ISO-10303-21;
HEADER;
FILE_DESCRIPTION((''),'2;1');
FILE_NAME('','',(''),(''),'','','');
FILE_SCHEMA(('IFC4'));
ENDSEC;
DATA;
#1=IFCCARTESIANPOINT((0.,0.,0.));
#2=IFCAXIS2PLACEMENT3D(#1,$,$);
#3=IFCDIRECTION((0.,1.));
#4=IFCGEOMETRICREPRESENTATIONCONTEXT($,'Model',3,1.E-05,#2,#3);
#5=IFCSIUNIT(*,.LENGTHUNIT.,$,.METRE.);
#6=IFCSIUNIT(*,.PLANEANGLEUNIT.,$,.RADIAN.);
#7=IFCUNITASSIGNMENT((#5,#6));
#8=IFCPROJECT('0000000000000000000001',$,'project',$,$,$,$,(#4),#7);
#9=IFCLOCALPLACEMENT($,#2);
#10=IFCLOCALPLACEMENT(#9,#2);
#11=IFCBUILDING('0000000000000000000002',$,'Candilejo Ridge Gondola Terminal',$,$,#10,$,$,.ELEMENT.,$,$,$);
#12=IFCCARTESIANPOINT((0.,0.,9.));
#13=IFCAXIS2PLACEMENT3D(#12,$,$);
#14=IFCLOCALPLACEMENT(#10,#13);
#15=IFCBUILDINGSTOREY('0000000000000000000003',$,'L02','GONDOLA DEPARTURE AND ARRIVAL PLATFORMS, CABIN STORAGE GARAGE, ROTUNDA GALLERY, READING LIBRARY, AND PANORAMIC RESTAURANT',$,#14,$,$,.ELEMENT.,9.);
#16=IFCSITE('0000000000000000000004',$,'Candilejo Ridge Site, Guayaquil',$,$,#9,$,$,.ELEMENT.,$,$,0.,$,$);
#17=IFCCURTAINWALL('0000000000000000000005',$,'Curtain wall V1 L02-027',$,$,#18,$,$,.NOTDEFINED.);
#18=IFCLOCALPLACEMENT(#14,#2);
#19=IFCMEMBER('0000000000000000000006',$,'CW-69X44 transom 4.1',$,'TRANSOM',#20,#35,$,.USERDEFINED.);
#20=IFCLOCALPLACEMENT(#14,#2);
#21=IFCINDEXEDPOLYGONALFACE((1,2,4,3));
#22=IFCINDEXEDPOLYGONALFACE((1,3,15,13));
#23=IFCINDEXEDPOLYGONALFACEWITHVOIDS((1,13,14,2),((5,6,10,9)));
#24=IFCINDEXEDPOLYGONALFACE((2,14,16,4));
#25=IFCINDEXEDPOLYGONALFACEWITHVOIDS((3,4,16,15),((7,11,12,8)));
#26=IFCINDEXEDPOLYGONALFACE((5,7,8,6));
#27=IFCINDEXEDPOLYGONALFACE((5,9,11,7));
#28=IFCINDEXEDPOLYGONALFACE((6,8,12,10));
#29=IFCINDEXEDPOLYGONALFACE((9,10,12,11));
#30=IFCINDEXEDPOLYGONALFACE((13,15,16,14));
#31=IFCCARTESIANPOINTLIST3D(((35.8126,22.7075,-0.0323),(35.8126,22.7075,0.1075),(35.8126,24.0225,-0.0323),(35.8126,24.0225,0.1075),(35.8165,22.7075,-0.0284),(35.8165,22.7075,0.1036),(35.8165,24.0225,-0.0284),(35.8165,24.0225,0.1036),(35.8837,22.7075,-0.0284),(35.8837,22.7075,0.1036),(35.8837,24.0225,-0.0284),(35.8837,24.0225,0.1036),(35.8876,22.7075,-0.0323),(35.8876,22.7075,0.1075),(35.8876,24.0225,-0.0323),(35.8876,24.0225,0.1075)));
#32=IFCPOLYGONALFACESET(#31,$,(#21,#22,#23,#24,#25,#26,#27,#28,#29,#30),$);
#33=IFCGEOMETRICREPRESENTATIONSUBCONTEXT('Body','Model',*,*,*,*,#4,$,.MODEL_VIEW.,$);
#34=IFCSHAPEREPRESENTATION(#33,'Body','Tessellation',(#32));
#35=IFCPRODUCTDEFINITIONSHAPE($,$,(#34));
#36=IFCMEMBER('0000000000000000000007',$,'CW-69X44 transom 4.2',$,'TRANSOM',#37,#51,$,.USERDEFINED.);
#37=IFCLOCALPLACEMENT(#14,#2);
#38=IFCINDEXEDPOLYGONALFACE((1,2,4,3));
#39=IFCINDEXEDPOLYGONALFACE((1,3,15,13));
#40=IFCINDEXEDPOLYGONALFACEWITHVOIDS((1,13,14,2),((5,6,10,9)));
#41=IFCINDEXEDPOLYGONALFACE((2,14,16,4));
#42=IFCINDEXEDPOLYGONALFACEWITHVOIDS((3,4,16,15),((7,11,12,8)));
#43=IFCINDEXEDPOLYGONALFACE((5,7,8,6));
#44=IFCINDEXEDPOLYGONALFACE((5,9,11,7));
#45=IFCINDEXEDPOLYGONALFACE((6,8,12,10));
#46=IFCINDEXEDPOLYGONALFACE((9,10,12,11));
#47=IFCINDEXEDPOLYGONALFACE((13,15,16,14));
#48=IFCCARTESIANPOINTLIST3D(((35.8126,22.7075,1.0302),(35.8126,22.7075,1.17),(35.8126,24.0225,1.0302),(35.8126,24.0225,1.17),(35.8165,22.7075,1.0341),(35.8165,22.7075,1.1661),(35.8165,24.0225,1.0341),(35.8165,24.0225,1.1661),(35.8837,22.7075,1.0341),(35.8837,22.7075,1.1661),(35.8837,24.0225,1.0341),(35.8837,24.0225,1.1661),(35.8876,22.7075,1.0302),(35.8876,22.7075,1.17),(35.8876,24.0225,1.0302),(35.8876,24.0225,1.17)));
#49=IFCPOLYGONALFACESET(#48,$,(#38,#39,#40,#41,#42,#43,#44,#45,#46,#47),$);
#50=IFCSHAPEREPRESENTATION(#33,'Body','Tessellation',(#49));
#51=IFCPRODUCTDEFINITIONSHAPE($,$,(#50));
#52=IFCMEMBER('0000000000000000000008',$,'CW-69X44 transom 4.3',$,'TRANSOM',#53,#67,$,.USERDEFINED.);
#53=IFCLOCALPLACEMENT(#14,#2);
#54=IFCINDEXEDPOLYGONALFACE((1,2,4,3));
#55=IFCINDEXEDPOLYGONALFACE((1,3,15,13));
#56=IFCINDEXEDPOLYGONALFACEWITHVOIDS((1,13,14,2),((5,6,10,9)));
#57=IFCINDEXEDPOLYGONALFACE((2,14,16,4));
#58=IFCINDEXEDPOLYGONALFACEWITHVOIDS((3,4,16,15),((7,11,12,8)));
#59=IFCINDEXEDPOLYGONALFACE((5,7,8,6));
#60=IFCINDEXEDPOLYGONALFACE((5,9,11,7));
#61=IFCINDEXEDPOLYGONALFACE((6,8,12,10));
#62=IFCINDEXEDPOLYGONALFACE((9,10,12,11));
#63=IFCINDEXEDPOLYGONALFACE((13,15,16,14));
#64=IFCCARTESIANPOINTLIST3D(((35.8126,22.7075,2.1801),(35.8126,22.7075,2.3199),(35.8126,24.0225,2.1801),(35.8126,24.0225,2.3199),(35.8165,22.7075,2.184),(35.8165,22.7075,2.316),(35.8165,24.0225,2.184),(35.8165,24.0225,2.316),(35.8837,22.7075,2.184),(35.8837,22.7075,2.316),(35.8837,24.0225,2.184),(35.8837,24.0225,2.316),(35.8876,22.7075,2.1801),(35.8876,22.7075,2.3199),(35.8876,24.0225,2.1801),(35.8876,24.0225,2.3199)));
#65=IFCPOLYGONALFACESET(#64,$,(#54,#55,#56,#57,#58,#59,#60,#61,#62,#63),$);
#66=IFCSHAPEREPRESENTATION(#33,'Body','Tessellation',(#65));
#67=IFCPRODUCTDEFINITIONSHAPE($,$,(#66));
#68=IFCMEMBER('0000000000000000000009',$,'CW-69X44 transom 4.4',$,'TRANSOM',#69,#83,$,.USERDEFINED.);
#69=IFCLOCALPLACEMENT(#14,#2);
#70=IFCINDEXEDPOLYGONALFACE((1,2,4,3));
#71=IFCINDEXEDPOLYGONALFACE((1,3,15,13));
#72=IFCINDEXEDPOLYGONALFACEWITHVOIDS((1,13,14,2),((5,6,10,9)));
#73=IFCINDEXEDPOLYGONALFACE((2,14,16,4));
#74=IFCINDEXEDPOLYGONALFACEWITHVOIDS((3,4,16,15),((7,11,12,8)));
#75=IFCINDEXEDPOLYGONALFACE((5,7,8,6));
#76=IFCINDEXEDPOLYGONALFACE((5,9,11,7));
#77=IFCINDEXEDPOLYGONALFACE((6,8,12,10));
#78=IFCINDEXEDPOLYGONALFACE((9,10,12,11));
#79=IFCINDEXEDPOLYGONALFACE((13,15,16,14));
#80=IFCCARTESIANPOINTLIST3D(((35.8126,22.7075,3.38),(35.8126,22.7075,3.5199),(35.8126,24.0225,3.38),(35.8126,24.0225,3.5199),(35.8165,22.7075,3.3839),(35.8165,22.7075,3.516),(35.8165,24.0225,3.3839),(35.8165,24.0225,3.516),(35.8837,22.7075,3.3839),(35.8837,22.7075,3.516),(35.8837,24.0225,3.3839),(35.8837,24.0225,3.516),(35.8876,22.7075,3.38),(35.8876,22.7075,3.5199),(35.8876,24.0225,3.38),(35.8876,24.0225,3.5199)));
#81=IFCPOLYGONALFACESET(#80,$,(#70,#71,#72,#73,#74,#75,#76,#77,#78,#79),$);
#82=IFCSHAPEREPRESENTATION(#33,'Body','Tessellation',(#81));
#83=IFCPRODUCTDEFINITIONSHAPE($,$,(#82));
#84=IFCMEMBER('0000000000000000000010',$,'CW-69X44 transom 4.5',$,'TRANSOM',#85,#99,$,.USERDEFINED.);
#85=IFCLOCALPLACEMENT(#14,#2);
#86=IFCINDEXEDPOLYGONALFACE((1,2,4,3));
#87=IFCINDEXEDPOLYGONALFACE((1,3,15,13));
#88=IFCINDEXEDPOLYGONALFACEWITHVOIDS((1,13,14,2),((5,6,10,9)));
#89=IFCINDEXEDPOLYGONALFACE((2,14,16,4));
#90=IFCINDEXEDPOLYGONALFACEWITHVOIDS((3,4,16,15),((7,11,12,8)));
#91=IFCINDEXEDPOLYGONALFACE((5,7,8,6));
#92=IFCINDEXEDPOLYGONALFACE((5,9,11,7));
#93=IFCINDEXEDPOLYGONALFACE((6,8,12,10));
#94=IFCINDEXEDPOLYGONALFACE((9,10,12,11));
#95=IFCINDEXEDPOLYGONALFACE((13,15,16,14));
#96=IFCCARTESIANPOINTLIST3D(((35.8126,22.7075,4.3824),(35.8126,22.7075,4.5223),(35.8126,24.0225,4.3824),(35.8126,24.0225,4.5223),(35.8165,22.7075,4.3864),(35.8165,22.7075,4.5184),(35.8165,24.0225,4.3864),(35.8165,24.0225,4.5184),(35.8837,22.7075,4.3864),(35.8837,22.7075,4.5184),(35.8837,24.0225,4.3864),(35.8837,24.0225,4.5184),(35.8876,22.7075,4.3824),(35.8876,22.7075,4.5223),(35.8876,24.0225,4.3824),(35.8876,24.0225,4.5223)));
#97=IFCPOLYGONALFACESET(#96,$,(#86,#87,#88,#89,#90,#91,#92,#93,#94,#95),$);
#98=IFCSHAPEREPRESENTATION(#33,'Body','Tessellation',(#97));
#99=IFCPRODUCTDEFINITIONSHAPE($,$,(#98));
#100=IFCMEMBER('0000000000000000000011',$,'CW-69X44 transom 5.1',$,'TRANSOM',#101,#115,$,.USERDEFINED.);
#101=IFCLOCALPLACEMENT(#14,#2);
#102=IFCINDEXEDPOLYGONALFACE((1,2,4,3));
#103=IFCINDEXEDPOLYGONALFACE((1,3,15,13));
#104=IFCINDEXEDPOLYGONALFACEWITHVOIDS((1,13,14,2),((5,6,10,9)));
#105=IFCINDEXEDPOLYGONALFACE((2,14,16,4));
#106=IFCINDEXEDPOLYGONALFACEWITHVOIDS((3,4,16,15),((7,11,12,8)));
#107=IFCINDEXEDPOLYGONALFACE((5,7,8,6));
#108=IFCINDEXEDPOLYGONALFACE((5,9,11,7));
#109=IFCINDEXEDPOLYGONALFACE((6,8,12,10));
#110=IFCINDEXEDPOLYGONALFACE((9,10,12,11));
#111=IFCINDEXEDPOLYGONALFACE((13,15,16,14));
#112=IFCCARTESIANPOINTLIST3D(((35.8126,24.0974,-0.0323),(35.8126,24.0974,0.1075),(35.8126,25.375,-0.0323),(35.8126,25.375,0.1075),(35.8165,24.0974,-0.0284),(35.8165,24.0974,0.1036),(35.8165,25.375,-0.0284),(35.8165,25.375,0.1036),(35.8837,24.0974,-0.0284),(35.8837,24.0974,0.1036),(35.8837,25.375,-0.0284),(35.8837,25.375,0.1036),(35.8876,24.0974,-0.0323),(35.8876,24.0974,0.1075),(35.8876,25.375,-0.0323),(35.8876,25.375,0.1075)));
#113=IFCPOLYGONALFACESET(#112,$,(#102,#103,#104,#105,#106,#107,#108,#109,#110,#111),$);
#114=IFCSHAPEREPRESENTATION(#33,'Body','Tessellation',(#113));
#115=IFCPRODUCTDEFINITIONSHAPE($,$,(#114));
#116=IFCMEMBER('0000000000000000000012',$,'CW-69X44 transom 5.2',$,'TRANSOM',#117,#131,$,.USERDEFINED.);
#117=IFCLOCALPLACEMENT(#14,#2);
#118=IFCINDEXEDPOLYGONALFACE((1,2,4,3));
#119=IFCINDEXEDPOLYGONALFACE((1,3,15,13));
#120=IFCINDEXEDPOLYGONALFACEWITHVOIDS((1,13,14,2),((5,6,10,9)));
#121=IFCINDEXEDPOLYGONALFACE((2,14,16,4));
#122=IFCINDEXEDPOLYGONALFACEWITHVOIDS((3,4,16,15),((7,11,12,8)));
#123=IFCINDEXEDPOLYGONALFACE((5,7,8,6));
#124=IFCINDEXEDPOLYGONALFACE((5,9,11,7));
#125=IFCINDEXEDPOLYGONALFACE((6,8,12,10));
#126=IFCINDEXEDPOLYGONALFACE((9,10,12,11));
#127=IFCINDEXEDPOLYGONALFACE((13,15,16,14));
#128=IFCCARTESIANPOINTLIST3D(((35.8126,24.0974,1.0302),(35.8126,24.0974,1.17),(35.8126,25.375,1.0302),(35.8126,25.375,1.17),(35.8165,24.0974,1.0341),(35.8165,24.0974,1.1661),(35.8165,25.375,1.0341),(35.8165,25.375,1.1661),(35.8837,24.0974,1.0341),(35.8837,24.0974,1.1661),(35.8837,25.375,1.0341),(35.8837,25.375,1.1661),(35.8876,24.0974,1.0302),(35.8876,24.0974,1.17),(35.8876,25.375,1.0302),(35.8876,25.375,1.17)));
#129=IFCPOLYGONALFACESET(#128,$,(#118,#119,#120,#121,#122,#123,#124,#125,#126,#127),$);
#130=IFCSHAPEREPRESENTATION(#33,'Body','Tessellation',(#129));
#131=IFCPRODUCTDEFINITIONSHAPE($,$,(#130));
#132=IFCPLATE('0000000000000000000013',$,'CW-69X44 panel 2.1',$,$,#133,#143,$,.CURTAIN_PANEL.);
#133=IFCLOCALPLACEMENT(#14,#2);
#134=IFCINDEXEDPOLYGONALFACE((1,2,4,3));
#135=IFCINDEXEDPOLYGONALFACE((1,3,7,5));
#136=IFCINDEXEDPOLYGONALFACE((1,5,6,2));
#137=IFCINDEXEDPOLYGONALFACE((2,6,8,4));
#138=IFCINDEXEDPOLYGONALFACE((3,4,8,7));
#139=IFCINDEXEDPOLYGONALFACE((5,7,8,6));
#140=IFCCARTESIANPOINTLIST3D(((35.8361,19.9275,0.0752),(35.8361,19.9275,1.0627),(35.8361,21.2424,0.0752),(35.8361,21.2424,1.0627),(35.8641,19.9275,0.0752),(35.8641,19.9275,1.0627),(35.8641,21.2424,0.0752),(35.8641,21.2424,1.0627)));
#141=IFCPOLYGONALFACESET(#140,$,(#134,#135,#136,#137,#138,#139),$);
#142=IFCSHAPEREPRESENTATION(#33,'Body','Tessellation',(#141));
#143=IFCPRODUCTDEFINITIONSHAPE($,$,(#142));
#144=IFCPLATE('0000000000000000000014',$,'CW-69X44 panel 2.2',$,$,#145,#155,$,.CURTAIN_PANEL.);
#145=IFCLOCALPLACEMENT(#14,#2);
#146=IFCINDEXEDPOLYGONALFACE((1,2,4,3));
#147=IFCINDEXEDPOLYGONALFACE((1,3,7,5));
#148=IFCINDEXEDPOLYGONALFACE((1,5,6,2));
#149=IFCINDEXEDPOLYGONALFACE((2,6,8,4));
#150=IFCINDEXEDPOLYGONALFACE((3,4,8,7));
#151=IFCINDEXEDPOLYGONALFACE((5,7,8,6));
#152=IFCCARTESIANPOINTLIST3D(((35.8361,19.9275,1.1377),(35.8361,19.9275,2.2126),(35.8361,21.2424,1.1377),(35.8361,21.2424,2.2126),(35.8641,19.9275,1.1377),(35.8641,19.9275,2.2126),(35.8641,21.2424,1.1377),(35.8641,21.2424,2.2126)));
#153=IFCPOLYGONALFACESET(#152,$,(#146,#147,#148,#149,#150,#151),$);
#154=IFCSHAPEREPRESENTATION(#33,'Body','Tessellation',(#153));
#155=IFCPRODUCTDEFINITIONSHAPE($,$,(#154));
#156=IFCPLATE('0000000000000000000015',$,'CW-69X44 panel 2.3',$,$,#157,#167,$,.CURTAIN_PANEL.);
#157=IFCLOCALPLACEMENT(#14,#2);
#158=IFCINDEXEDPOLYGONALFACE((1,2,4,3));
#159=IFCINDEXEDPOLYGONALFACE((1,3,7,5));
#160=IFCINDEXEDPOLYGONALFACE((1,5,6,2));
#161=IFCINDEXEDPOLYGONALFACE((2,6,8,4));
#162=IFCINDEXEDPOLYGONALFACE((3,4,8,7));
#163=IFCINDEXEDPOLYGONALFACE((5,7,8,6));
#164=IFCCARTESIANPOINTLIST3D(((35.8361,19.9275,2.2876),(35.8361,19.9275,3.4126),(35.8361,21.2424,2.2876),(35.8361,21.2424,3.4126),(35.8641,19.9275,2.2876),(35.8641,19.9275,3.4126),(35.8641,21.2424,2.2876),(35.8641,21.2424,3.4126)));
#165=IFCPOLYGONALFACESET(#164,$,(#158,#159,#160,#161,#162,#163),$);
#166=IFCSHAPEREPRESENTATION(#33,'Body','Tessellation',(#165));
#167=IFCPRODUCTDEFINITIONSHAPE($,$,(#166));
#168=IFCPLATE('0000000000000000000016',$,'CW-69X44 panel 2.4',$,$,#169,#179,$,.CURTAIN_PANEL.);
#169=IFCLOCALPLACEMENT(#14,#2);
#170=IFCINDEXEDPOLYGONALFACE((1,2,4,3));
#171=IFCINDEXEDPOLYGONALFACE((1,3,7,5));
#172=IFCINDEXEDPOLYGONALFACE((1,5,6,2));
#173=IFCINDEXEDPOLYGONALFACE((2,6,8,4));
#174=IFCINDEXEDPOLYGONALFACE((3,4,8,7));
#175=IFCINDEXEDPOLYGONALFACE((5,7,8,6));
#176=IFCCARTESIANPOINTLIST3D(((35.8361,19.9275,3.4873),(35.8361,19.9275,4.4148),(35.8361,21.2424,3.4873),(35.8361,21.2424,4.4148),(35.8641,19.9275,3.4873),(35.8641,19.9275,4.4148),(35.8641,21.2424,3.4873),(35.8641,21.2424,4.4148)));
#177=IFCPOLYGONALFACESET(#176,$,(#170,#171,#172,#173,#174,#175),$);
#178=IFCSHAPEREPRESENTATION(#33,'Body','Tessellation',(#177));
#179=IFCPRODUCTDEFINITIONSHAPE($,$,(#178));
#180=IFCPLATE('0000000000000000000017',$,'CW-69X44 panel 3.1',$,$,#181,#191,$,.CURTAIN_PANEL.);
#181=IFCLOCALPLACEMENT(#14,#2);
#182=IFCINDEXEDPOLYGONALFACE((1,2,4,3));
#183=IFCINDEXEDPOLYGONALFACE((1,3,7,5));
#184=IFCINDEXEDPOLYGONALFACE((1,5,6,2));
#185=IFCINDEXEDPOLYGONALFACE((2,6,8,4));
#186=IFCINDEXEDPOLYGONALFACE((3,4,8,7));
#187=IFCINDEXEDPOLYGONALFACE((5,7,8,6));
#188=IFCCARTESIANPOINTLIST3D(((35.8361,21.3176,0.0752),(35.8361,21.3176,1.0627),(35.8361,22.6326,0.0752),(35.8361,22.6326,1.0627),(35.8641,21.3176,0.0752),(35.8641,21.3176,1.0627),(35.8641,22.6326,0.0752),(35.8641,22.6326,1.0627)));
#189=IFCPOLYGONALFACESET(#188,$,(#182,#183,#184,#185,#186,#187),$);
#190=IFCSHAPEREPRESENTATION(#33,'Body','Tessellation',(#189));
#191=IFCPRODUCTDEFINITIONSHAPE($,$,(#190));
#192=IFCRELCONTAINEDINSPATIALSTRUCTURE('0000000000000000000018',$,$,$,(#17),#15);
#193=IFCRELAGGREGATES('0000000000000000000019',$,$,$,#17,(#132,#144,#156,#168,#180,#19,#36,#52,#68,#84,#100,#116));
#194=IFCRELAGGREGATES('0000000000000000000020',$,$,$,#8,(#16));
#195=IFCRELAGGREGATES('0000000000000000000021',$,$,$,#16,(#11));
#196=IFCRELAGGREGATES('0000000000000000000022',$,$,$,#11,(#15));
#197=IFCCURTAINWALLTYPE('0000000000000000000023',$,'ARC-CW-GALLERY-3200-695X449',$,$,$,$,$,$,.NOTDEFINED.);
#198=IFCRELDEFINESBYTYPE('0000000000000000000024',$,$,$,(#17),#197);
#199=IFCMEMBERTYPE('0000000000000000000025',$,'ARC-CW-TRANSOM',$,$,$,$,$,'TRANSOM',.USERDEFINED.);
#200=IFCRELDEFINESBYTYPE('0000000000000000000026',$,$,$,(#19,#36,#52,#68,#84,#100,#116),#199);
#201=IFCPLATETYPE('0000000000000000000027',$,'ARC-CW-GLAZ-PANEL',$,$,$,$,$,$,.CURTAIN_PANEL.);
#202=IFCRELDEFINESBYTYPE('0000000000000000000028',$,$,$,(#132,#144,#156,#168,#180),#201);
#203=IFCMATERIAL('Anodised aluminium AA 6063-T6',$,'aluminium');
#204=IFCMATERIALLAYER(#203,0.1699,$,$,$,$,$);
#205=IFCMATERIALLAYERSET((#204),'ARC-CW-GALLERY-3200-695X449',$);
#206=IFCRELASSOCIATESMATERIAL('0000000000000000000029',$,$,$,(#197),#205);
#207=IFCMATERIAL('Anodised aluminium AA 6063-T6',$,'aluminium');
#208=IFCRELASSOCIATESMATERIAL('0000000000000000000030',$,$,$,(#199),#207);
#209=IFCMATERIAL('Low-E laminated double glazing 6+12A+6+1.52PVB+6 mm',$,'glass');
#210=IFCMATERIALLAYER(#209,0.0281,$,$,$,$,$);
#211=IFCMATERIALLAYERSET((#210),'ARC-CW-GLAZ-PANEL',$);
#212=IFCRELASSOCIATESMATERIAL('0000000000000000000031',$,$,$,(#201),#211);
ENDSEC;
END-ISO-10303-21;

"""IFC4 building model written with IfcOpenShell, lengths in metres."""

from ifc_helpers import new_model, si_unit, direction, frame, origin, origin_2d, place, context, subcontext, project, spatial, rectangle, hollow_rectangle, extrude, material, layer, layer_set, material_profile, profile_set, type_object, element, aggregate, save


model = new_model("IFC4")

# Units and contexts
model_context = context("Model", 3, precision=1e-05, world=origin(), true_north=direction((0.0, 1.0)))
body_context = subcontext(model_context, "Body", "Model", "MODEL_VIEW")
ifc_project = project(units=[si_unit("LENGTHUNIT", "METRE"), si_unit("PLANEANGLEUNIT", "RADIAN")], contexts=[model_context])

# Site, building, storey
site_placement = place(None, origin())
site = spatial("IfcSite", under=ifc_project, at=site_placement, Name="Candilejo Ridge Site, Guayaquil", CompositionType="ELEMENT", RefElevation=0.0)
building_placement = place(site_placement, origin())
building = spatial("IfcBuilding", under=site, at=building_placement, Name="Candilejo Ridge Gondola Terminal", CompositionType="ELEMENT")
storey_placement = place(building_placement, frame((0.0, 0.0, 9.0)))
storey = spatial("IfcBuildingStorey", under=building, at=storey_placement, Name="L02", Description="GONDOLA DEPARTURE AND ARRIVAL PLATFORMS, CABIN STORAGE GARAGE, ROTUNDA GALLERY, READING LIBRARY, AND PANORAMIC RESTAURANT", CompositionType="ELEMENT", Elevation=9.0)

# Curtain wall, members, plates
ifc_material_1 = material(Name="Anodised aluminium AA 6063-T6", Category="aluminium")
ifc_layer_1 = layer(ifc_material_1, 0.1699)
ifc_layer_set_1 = layer_set([ifc_layer_1], Name="ARC-CW-GALLERY-3200-695X449")
curtain_wall_type = type_object("IfcCurtainWallType", Name="ARC-CW-GALLERY-3200-695X449", PredefinedType="NOTDEFINED", material=ifc_layer_set_1)
curtain_wall_placement = place(storey_placement, origin())
curtain_wall = element("IfcCurtainWall", 1, at=curtain_wall_placement, inside=storey, type_object=curtain_wall_type, Name="Curtain wall V1 L02-027", PredefinedType="NOTDEFINED")
ifc_material_2 = material(Name="Anodised aluminium AA 6063-T6", Category="aluminium")
ifc_material_profile_1 = material_profile(ifc_material_2, hollow_rectangle(XDim=0.075, YDim=0.1399, WallThickness=0.0039, at=origin_2d()))
ifc_profile_set_1 = profile_set([ifc_material_profile_1], Name="Anodised aluminium AA 6063-T6")
member_type_1 = type_object("IfcMemberType", Name="ARC-CW-TRANSOM", ElementType="TRANSOM", PredefinedType="USERDEFINED", material=ifc_profile_set_1)
member_1_placement = place(storey_placement, frame((35.8501, 22.7075, 0.0376), z_axis=(0.0, 1.0, 0.0), x_axis=(-1.0, 0.0, 0.0)))
member_1 = element("IfcMember", 2, at=member_1_placement, type_object=member_type_1, Name="CW-69X44 transom 4.1", ObjectType="TRANSOM", PredefinedType="USERDEFINED", context=body_context, shape_type="SweptSolid", body=[
    extrude(hollow_rectangle(XDim=0.075, YDim=0.1399, WallThickness=0.0039, at=origin_2d()), origin(), (0.0, 0.0, 1.0), 1.3149),
])
member_2_placement = place(storey_placement, frame((35.8501, 22.7075, 1.1001), z_axis=(0.0, 1.0, 0.0), x_axis=(-1.0, 0.0, 0.0)))
member_2 = element("IfcMember", 3, at=member_2_placement, type_object=member_type_1, Name="CW-69X44 transom 4.2", ObjectType="TRANSOM", PredefinedType="USERDEFINED", context=body_context, shape_type="SweptSolid", body=[
    extrude(hollow_rectangle(XDim=0.075, YDim=0.1399, WallThickness=0.0039, at=origin_2d()), origin(), (0.0, 0.0, 1.0), 1.3149),
])
member_3_placement = place(storey_placement, frame((35.8501, 22.7075, 2.25), z_axis=(0.0, 1.0, 0.0), x_axis=(-1.0, 0.0, 0.0)))
member_3 = element("IfcMember", 4, at=member_3_placement, type_object=member_type_1, Name="CW-69X44 transom 4.3", ObjectType="TRANSOM", PredefinedType="USERDEFINED", context=body_context, shape_type="SweptSolid", body=[
    extrude(hollow_rectangle(XDim=0.075, YDim=0.1399, WallThickness=0.0039, at=origin_2d()), origin(), (0.0, 0.0, 1.0), 1.3149),
])
member_4_placement = place(storey_placement, frame((35.8501, 22.7075, 3.45), z_axis=(0.0, 1.0, 0.0), x_axis=(-1.0, 0.0, 0.0)))
member_4 = element("IfcMember", 5, at=member_4_placement, type_object=member_type_1, Name="CW-69X44 transom 4.4", ObjectType="TRANSOM", PredefinedType="USERDEFINED", context=body_context, shape_type="SweptSolid", body=[
    extrude(hollow_rectangle(XDim=0.075, YDim=0.1399, WallThickness=0.0039, at=origin_2d()), origin(), (0.0, 0.0, 1.0), 1.3149),
])
member_5_placement = place(storey_placement, frame((35.8501, 22.7075, 4.4524), z_axis=(0.0, 1.0, 0.0), x_axis=(-1.0, 0.0, 0.0)))
member_5 = element("IfcMember", 6, at=member_5_placement, type_object=member_type_1, Name="CW-69X44 transom 4.5", ObjectType="TRANSOM", PredefinedType="USERDEFINED", context=body_context, shape_type="SweptSolid", body=[
    extrude(hollow_rectangle(XDim=0.075, YDim=0.1399, WallThickness=0.0039, at=origin_2d()), origin(), (0.0, 0.0, 1.0), 1.3149),
])
member_6_placement = place(storey_placement, frame((35.8501, 24.0974, 0.0376), z_axis=(0.0, 1.0, 0.0), x_axis=(-1.0, 0.0, 0.0)))
member_6 = element("IfcMember", 7, at=member_6_placement, type_object=member_type_1, Name="CW-69X44 transom 5.1", ObjectType="TRANSOM", PredefinedType="USERDEFINED", context=body_context, shape_type="SweptSolid", body=[
    extrude(hollow_rectangle(XDim=0.075, YDim=0.1399, WallThickness=0.0039, at=origin_2d()), origin(), (0.0, 0.0, 1.0), 1.2776),
])
member_7_placement = place(storey_placement, frame((35.8501, 24.0974, 1.1001), z_axis=(0.0, 1.0, 0.0), x_axis=(-1.0, 0.0, 0.0)))
member_7 = element("IfcMember", 8, at=member_7_placement, type_object=member_type_1, Name="CW-69X44 transom 5.2", ObjectType="TRANSOM", PredefinedType="USERDEFINED", context=body_context, shape_type="SweptSolid", body=[
    extrude(hollow_rectangle(XDim=0.075, YDim=0.1399, WallThickness=0.0039, at=origin_2d()), origin(), (0.0, 0.0, 1.0), 1.2776),
])
ifc_material_3 = material(Name="Low-E laminated double glazing 6+12A+6+1.52PVB+6 mm", Category="glass")
ifc_layer_2 = layer(ifc_material_3, 0.0281)
ifc_layer_set_2 = layer_set([ifc_layer_2], Name="ARC-CW-GLAZ-PANEL")
plate_type = type_object("IfcPlateType", Name="ARC-CW-GLAZ-PANEL", PredefinedType="CURTAIN_PANEL", material=ifc_layer_set_2)
plate_1_placement = place(storey_placement, frame((35.8501, 20.585, 0.0752), z_axis=(0.0, 0.0, 1.0), x_axis=(0.0, 1.0, 0.0)))
plate_1 = element("IfcPlate", 9, at=plate_1_placement, type_object=plate_type, Name="CW-69X44 panel 2.1", PredefinedType="CURTAIN_PANEL", context=body_context, shape_type="SweptSolid", body=[
    extrude(rectangle(XDim=1.3149, YDim=0.0281, at=origin_2d()), origin(), (0.0, 0.0, 1.0), 0.9875),
])
plate_2_placement = place(storey_placement, frame((35.8501, 20.585, 1.1377), z_axis=(0.0, 0.0, 1.0), x_axis=(0.0, 1.0, 0.0)))
plate_2 = element("IfcPlate", 10, at=plate_2_placement, type_object=plate_type, Name="CW-69X44 panel 2.2", PredefinedType="CURTAIN_PANEL", context=body_context, shape_type="SweptSolid", body=[
    extrude(rectangle(XDim=1.3149, YDim=0.0281, at=origin_2d()), origin(), (0.0, 0.0, 1.0), 1.075),
])
plate_3_placement = place(storey_placement, frame((35.8501, 20.585, 2.2876), z_axis=(0.0, 0.0, 1.0), x_axis=(0.0, 1.0, 0.0)))
plate_3 = element("IfcPlate", 11, at=plate_3_placement, type_object=plate_type, Name="CW-69X44 panel 2.3", PredefinedType="CURTAIN_PANEL", context=body_context, shape_type="SweptSolid", body=[
    extrude(rectangle(XDim=1.3149, YDim=0.0281, at=origin_2d()), origin(), (0.0, 0.0, 1.0), 1.125),
])
plate_4_placement = place(storey_placement, frame((35.8501, 20.585, 3.4873), z_axis=(0.0, 0.0, 1.0), x_axis=(0.0, 1.0, 0.0)))
plate_4 = element("IfcPlate", 12, at=plate_4_placement, type_object=plate_type, Name="CW-69X44 panel 2.4", PredefinedType="CURTAIN_PANEL", context=body_context, shape_type="SweptSolid", body=[
    extrude(rectangle(XDim=1.3149, YDim=0.0281, at=origin_2d()), origin(), (0.0, 0.0, 1.0), 0.9275),
])
plate_5_placement = place(storey_placement, frame((35.8501, 21.9751, 0.0752), z_axis=(0.0, 0.0, 1.0), x_axis=(0.0, 1.0, 0.0)))
plate_5 = element("IfcPlate", 13, at=plate_5_placement, type_object=plate_type, Name="CW-69X44 panel 3.1", PredefinedType="CURTAIN_PANEL", context=body_context, shape_type="SweptSolid", body=[
    extrude(rectangle(XDim=1.3149, YDim=0.0281, at=origin_2d()), origin(), (0.0, 0.0, 1.0), 0.9875),
])
aggregate(curtain_wall, [plate_1, plate_2, plate_3, plate_4, plate_5, member_1, member_2, member_3, member_4, member_5, member_6, member_7])

save(model, "model.ifc")
